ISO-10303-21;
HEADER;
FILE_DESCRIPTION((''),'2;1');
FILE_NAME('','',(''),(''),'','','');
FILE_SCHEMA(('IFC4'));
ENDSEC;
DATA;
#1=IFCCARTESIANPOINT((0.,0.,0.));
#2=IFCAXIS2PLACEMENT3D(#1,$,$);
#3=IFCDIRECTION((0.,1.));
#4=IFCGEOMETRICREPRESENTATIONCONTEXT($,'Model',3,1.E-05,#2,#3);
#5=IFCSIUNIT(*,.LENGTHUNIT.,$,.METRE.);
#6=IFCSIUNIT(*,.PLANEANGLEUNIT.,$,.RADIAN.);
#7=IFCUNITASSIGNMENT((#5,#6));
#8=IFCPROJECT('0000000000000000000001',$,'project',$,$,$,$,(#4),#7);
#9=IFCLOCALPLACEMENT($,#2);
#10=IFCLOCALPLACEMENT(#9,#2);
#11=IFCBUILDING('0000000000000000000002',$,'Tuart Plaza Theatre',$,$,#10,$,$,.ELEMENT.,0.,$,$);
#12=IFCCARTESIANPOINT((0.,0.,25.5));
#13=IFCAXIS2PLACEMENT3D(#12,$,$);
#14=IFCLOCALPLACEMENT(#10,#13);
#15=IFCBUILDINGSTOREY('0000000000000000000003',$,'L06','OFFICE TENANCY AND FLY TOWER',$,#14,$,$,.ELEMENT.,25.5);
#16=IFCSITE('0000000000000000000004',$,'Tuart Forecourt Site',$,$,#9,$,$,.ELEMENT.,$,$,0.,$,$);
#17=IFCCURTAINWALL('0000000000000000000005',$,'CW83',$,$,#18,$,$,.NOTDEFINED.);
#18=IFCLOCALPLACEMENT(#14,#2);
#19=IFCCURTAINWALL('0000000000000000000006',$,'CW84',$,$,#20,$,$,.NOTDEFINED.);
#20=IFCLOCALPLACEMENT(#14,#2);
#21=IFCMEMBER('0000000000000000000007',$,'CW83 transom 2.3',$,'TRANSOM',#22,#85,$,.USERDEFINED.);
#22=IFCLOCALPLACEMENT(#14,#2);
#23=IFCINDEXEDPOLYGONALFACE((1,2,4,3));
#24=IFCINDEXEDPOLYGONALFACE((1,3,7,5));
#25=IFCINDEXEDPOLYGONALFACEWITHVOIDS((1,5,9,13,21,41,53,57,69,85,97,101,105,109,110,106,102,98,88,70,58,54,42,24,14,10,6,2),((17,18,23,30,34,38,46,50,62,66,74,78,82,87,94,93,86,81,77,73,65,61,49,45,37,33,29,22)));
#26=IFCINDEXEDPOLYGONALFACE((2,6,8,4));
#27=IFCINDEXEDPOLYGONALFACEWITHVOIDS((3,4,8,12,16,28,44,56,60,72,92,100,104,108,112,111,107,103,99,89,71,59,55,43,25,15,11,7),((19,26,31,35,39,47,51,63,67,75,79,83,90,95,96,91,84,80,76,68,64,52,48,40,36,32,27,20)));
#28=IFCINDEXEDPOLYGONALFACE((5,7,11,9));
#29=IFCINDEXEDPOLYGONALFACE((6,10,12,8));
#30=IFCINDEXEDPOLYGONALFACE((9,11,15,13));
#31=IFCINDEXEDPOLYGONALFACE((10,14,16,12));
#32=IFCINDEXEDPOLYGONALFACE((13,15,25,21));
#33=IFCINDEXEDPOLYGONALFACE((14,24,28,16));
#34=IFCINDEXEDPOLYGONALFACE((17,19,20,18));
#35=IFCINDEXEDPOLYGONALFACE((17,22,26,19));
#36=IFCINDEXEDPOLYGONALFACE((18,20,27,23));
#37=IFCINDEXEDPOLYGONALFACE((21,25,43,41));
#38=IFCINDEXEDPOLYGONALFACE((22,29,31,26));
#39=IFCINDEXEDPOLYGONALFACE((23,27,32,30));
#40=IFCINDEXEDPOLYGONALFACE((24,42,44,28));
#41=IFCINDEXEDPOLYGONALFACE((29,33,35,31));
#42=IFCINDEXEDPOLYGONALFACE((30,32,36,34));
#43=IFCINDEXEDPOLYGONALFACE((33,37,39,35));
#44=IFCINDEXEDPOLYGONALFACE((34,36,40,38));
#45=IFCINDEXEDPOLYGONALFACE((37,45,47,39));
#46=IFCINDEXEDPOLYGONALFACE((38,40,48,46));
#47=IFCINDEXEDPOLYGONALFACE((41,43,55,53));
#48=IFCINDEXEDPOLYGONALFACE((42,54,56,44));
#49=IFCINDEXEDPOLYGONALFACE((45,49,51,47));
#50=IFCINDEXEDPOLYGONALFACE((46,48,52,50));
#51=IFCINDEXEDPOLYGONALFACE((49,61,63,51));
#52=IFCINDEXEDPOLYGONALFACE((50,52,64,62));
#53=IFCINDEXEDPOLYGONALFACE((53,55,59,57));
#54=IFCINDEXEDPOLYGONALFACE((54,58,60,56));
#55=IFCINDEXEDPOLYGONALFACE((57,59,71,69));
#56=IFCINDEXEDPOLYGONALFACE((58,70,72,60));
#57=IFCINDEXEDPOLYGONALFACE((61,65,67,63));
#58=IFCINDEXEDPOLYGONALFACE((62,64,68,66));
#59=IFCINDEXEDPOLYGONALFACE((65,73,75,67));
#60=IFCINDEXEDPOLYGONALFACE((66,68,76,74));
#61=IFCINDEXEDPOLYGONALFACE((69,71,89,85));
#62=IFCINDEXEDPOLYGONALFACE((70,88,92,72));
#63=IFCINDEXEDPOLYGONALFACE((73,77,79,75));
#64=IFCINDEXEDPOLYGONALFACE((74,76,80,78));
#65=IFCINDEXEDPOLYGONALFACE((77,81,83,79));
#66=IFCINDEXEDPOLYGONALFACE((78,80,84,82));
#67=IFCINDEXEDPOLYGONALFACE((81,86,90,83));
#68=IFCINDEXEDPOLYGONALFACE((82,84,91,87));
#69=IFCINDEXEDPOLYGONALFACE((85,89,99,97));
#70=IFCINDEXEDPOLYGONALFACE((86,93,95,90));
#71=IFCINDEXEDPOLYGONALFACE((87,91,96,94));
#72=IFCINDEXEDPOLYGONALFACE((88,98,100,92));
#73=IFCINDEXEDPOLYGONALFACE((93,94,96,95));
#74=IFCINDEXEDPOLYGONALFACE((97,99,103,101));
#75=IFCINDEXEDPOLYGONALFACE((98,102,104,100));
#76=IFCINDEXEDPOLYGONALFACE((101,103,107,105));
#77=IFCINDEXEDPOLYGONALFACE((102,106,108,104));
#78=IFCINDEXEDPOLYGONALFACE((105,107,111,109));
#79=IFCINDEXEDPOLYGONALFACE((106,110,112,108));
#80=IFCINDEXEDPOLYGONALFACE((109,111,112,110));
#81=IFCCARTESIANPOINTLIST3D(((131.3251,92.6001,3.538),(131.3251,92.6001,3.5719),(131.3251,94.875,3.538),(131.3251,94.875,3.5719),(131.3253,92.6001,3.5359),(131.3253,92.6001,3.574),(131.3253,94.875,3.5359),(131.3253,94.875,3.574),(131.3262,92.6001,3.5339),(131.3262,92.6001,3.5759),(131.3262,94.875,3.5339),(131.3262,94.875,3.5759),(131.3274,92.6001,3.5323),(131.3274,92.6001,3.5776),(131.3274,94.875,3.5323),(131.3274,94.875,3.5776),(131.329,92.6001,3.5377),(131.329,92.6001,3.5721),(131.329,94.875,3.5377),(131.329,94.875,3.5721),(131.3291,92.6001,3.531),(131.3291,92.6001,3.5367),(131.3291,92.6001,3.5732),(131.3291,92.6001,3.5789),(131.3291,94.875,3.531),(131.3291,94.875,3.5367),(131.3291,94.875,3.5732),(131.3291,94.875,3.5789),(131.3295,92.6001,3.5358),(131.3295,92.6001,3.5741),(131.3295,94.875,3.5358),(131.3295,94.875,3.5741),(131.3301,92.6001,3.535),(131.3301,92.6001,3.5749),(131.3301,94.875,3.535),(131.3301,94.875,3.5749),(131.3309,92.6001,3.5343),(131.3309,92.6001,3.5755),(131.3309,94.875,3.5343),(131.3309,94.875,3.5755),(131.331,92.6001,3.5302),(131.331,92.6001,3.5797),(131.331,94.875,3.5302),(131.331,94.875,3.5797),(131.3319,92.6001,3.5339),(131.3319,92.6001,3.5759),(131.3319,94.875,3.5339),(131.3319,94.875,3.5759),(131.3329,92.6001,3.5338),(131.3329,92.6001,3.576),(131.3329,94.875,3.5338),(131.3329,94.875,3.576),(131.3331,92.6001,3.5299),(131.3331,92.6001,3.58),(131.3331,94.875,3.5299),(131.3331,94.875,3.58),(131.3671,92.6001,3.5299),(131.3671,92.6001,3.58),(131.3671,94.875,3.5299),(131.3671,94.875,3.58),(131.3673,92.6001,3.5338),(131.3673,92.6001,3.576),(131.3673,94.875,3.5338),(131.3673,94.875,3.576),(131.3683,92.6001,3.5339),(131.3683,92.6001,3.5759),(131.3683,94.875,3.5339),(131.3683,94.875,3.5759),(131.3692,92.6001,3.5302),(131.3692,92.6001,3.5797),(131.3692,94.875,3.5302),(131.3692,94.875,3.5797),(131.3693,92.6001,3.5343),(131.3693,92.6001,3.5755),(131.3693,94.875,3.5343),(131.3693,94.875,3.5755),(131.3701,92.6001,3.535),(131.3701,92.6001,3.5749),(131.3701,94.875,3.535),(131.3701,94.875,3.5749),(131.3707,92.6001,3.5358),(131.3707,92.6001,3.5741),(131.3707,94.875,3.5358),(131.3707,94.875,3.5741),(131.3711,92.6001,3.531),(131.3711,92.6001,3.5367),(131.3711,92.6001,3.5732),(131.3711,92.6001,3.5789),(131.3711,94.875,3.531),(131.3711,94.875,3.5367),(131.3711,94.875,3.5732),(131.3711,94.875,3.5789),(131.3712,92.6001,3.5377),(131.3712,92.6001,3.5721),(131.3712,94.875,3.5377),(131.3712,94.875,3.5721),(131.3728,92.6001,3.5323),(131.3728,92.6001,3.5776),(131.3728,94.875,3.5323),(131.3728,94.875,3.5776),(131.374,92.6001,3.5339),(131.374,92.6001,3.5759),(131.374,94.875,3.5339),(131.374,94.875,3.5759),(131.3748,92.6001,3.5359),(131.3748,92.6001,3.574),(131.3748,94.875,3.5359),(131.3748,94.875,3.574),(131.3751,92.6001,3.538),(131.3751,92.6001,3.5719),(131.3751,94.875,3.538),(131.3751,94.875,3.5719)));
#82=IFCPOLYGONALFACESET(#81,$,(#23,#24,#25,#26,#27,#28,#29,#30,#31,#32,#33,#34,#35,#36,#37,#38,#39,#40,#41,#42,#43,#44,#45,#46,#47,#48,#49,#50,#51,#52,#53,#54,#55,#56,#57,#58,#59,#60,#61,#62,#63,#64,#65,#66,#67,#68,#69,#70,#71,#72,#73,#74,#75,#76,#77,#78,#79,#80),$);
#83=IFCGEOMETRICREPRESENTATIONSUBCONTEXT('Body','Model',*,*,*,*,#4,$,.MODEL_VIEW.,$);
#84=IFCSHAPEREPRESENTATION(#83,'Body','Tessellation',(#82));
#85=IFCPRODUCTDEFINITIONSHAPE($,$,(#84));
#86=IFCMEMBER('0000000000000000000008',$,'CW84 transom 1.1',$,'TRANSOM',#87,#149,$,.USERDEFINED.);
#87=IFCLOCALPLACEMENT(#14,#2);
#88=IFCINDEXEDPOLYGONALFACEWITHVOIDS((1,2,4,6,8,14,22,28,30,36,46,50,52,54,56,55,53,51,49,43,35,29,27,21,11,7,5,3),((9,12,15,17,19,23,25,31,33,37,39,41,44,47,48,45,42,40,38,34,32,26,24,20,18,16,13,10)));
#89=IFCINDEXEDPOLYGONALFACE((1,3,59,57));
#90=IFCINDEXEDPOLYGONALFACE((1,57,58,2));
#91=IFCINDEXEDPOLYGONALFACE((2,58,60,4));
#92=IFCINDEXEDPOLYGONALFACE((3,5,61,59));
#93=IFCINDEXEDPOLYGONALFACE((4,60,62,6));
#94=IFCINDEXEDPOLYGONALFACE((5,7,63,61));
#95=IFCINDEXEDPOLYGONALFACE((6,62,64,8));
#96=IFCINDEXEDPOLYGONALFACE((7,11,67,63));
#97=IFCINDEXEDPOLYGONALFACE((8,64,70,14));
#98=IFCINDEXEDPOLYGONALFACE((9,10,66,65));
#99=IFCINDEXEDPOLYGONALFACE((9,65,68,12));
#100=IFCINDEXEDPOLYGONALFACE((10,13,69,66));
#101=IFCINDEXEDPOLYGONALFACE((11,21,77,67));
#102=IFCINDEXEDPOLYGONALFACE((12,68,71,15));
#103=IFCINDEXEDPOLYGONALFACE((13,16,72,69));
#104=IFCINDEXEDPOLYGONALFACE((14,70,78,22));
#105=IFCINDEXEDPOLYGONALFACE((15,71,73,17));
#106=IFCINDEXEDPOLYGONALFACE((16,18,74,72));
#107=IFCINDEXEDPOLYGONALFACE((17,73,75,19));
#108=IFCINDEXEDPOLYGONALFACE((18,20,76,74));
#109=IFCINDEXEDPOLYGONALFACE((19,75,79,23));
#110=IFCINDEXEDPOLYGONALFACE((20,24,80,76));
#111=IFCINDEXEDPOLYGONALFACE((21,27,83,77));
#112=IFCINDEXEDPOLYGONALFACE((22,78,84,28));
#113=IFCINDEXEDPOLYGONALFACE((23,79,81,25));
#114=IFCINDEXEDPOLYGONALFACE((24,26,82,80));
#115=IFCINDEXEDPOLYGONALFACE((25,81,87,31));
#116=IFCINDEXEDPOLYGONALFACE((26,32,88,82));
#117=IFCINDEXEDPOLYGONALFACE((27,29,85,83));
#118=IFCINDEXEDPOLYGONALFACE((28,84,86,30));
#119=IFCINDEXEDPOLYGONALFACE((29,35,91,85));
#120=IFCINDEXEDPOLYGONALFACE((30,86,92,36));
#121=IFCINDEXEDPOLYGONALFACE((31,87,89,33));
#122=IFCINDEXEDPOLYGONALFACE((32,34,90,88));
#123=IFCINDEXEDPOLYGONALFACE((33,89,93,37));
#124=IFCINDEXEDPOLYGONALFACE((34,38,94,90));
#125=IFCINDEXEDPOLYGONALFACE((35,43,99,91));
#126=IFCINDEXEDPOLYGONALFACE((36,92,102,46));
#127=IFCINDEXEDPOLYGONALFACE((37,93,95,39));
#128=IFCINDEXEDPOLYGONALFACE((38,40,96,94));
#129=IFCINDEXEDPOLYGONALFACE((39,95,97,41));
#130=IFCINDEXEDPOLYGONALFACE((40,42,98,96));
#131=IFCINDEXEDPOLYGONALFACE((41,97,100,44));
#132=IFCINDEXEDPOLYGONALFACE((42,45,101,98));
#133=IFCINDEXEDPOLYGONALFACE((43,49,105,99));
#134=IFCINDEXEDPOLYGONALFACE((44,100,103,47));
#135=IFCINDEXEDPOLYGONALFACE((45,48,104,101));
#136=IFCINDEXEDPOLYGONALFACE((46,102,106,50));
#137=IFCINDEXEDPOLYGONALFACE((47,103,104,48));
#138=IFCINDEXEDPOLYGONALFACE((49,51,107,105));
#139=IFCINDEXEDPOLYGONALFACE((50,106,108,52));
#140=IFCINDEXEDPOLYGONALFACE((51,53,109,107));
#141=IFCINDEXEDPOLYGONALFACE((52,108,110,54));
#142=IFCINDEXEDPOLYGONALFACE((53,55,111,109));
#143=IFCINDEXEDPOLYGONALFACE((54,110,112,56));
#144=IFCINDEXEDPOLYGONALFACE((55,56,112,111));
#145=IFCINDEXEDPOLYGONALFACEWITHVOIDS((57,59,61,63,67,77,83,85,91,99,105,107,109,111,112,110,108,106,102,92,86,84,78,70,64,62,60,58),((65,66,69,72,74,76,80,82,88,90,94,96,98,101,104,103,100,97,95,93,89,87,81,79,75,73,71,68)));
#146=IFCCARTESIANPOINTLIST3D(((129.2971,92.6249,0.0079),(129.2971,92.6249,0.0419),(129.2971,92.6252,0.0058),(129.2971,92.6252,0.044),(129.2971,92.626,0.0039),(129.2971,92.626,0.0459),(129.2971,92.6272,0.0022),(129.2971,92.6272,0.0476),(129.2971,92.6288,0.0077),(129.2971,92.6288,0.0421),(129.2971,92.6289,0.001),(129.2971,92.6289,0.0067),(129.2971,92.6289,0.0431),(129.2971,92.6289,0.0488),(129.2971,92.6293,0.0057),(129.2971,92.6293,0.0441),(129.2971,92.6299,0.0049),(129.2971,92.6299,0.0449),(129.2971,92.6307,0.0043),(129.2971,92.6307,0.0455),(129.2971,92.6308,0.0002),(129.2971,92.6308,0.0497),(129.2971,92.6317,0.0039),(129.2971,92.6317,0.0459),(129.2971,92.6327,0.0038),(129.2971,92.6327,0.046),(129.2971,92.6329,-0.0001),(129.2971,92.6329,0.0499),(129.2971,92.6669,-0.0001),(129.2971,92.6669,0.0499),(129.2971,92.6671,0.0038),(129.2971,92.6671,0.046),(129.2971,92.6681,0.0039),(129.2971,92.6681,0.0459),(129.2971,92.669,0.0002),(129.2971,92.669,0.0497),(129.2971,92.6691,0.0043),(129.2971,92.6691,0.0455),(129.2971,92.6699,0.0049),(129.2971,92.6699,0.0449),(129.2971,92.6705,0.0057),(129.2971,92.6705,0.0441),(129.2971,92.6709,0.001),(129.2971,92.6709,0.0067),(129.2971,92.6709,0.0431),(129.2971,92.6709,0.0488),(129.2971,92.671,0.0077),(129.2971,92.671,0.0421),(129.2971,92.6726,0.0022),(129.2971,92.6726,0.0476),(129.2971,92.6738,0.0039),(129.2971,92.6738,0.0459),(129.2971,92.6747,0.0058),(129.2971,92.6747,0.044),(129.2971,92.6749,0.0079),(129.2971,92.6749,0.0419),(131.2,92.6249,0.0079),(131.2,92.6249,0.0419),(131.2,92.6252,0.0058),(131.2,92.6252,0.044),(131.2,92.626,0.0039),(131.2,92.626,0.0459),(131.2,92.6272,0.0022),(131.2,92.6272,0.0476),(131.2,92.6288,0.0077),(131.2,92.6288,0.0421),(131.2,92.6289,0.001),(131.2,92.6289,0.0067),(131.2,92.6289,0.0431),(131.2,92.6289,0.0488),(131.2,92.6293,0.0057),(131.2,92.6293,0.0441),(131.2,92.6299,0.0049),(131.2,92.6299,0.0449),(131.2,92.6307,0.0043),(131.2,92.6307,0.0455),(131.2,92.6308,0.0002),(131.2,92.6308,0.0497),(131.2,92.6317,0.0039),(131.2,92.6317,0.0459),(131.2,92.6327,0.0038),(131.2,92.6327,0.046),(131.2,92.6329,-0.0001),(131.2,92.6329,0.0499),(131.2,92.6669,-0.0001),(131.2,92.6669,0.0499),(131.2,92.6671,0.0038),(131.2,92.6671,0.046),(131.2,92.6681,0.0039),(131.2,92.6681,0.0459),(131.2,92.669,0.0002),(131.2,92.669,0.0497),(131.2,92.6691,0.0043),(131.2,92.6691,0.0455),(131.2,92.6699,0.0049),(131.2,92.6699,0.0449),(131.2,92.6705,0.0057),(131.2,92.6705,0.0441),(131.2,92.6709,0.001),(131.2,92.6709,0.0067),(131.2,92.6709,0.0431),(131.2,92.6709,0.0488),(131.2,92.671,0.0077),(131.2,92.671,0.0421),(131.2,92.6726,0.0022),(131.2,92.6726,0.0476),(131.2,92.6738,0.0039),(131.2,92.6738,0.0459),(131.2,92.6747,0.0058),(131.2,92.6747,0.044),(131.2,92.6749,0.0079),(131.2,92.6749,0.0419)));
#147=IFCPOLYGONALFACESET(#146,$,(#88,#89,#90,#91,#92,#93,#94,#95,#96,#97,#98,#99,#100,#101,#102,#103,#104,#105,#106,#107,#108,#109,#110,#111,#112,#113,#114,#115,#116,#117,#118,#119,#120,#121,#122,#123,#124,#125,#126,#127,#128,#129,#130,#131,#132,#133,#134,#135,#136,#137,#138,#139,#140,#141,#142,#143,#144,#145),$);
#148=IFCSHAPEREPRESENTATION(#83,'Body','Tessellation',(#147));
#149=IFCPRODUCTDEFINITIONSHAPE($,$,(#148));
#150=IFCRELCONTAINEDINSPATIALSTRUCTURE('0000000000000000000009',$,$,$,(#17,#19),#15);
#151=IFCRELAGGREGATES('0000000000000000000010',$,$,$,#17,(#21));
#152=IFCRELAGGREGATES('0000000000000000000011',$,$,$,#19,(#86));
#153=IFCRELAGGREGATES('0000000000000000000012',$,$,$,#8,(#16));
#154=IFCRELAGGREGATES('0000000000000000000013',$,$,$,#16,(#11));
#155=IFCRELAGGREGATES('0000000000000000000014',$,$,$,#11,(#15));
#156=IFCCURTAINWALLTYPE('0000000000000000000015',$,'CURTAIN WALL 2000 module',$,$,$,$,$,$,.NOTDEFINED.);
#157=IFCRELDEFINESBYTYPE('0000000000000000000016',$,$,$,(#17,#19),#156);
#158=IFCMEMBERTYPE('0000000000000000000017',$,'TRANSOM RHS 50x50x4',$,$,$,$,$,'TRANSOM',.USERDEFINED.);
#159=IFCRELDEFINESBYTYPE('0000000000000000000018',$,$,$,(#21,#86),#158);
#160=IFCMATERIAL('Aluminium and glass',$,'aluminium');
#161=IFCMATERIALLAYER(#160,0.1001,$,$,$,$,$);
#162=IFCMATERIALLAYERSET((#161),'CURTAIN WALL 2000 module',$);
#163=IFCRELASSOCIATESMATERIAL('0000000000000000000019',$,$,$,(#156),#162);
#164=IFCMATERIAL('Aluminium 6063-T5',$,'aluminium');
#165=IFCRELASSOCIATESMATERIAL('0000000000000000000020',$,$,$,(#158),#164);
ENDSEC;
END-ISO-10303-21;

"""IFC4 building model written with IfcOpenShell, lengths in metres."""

from ifc_helpers import new_model, si_unit, direction, frame, origin, origin_2d, place, context, subcontext, project, spatial, hollow_rectangle, extrude, material, layer, layer_set, material_profile, profile_set, type_object, element, aggregate, save


model = new_model("IFC4")

# Units and contexts
model_context = context("Model", 3, precision=1e-05, world=origin(), true_north=direction((0.0, 1.0)))
body_context = subcontext(model_context, "Body", "Model", "MODEL_VIEW")
ifc_project = project(units=[si_unit("LENGTHUNIT", "METRE"), si_unit("PLANEANGLEUNIT", "RADIAN")], contexts=[model_context])

# Site, building, storey
site_placement = place(None, origin())
site = spatial("IfcSite", under=ifc_project, at=site_placement, Name="Tuart Forecourt Site", CompositionType="ELEMENT", RefElevation=0.0)
building_placement = place(site_placement, origin())
building = spatial("IfcBuilding", under=site, at=building_placement, Name="Tuart Plaza Theatre", CompositionType="ELEMENT", ElevationOfRefHeight=0.0)
storey_placement = place(building_placement, frame((0.0, 0.0, 25.5)))
storey = spatial("IfcBuildingStorey", under=building, at=storey_placement, Name="L06", Description="OFFICE TENANCY AND FLY TOWER", CompositionType="ELEMENT", Elevation=25.5)

# Curtain walls
ifc_material_1 = material(Name="Aluminium and glass", Category="aluminium")
ifc_layer_1 = layer(ifc_material_1, 0.1001)
ifc_layer_set_1 = layer_set([ifc_layer_1], Name="CURTAIN WALL 2000 module")
curtain_wall_type = type_object("IfcCurtainWallType", Name="CURTAIN WALL 2000 module", PredefinedType="NOTDEFINED", material=ifc_layer_set_1)
curtain_wall_1_placement = place(storey_placement, origin())
curtain_wall_1 = element("IfcCurtainWall", 1, at=curtain_wall_1_placement, inside=storey, type_object=curtain_wall_type, Name="CW83", PredefinedType="NOTDEFINED")
curtain_wall_2_placement = place(storey_placement, origin())
curtain_wall_2 = element("IfcCurtainWall", 2, at=curtain_wall_2_placement, inside=storey, type_object=curtain_wall_type, Name="CW84", PredefinedType="NOTDEFINED")

# Members
ifc_material_2 = material(Name="Aluminium 6063-T5", Category="aluminium")
ifc_material_profile_1 = material_profile(ifc_material_2, hollow_rectangle(XDim=0.05, YDim=0.05, WallThickness=0.0039, InnerFilletRadius=0.0039, OuterFilletRadius=0.0081, at=origin_2d()), Name="RHS 50x50x4")
ifc_profile_set_1 = profile_set([ifc_material_profile_1], Name="Aluminium 6063-T5")
member_type_1 = type_object("IfcMemberType", Name="TRANSOM RHS 50x50x4", ElementType="TRANSOM", PredefinedType="USERDEFINED", material=ifc_profile_set_1)
member_1_placement = place(storey_placement, frame((131.3501, 94.875, 3.5549), z_axis=(0.0, -1.0, 0.0), x_axis=(1.0, 0.0, 0.0)))
member_1 = element("IfcMember", 3, at=member_1_placement, type_object=member_type_1, Name="CW83 transom 2.3", ObjectType="TRANSOM", PredefinedType="USERDEFINED", context=body_context, shape_type="SweptSolid", body=[
    extrude(hollow_rectangle(XDim=0.05, YDim=0.05, WallThickness=0.0039, InnerFilletRadius=0.0039, OuterFilletRadius=0.0081, at=origin_2d()), origin(), (0.0, 0.0, 1.0), 2.2749),
])
member_2_placement = place(storey_placement, frame((131.2, 92.6499, 0.0249), z_axis=(-1.0, 0.0, 0.0), x_axis=(0.0, -1.0, 0.0)))
member_2 = element("IfcMember", 4, at=member_2_placement, type_object=member_type_1, Name="CW84 transom 1.1", ObjectType="TRANSOM", PredefinedType="USERDEFINED", context=body_context, shape_type="SweptSolid", body=[
    extrude(hollow_rectangle(XDim=0.05, YDim=0.05, WallThickness=0.0039, InnerFilletRadius=0.0039, OuterFilletRadius=0.0081, at=origin_2d()), origin(), (0.0, 0.0, 1.0), 1.9028),
])

aggregate(curtain_wall_1, [member_1])
aggregate(curtain_wall_2, [member_2])

save(model, "model.ifc")
